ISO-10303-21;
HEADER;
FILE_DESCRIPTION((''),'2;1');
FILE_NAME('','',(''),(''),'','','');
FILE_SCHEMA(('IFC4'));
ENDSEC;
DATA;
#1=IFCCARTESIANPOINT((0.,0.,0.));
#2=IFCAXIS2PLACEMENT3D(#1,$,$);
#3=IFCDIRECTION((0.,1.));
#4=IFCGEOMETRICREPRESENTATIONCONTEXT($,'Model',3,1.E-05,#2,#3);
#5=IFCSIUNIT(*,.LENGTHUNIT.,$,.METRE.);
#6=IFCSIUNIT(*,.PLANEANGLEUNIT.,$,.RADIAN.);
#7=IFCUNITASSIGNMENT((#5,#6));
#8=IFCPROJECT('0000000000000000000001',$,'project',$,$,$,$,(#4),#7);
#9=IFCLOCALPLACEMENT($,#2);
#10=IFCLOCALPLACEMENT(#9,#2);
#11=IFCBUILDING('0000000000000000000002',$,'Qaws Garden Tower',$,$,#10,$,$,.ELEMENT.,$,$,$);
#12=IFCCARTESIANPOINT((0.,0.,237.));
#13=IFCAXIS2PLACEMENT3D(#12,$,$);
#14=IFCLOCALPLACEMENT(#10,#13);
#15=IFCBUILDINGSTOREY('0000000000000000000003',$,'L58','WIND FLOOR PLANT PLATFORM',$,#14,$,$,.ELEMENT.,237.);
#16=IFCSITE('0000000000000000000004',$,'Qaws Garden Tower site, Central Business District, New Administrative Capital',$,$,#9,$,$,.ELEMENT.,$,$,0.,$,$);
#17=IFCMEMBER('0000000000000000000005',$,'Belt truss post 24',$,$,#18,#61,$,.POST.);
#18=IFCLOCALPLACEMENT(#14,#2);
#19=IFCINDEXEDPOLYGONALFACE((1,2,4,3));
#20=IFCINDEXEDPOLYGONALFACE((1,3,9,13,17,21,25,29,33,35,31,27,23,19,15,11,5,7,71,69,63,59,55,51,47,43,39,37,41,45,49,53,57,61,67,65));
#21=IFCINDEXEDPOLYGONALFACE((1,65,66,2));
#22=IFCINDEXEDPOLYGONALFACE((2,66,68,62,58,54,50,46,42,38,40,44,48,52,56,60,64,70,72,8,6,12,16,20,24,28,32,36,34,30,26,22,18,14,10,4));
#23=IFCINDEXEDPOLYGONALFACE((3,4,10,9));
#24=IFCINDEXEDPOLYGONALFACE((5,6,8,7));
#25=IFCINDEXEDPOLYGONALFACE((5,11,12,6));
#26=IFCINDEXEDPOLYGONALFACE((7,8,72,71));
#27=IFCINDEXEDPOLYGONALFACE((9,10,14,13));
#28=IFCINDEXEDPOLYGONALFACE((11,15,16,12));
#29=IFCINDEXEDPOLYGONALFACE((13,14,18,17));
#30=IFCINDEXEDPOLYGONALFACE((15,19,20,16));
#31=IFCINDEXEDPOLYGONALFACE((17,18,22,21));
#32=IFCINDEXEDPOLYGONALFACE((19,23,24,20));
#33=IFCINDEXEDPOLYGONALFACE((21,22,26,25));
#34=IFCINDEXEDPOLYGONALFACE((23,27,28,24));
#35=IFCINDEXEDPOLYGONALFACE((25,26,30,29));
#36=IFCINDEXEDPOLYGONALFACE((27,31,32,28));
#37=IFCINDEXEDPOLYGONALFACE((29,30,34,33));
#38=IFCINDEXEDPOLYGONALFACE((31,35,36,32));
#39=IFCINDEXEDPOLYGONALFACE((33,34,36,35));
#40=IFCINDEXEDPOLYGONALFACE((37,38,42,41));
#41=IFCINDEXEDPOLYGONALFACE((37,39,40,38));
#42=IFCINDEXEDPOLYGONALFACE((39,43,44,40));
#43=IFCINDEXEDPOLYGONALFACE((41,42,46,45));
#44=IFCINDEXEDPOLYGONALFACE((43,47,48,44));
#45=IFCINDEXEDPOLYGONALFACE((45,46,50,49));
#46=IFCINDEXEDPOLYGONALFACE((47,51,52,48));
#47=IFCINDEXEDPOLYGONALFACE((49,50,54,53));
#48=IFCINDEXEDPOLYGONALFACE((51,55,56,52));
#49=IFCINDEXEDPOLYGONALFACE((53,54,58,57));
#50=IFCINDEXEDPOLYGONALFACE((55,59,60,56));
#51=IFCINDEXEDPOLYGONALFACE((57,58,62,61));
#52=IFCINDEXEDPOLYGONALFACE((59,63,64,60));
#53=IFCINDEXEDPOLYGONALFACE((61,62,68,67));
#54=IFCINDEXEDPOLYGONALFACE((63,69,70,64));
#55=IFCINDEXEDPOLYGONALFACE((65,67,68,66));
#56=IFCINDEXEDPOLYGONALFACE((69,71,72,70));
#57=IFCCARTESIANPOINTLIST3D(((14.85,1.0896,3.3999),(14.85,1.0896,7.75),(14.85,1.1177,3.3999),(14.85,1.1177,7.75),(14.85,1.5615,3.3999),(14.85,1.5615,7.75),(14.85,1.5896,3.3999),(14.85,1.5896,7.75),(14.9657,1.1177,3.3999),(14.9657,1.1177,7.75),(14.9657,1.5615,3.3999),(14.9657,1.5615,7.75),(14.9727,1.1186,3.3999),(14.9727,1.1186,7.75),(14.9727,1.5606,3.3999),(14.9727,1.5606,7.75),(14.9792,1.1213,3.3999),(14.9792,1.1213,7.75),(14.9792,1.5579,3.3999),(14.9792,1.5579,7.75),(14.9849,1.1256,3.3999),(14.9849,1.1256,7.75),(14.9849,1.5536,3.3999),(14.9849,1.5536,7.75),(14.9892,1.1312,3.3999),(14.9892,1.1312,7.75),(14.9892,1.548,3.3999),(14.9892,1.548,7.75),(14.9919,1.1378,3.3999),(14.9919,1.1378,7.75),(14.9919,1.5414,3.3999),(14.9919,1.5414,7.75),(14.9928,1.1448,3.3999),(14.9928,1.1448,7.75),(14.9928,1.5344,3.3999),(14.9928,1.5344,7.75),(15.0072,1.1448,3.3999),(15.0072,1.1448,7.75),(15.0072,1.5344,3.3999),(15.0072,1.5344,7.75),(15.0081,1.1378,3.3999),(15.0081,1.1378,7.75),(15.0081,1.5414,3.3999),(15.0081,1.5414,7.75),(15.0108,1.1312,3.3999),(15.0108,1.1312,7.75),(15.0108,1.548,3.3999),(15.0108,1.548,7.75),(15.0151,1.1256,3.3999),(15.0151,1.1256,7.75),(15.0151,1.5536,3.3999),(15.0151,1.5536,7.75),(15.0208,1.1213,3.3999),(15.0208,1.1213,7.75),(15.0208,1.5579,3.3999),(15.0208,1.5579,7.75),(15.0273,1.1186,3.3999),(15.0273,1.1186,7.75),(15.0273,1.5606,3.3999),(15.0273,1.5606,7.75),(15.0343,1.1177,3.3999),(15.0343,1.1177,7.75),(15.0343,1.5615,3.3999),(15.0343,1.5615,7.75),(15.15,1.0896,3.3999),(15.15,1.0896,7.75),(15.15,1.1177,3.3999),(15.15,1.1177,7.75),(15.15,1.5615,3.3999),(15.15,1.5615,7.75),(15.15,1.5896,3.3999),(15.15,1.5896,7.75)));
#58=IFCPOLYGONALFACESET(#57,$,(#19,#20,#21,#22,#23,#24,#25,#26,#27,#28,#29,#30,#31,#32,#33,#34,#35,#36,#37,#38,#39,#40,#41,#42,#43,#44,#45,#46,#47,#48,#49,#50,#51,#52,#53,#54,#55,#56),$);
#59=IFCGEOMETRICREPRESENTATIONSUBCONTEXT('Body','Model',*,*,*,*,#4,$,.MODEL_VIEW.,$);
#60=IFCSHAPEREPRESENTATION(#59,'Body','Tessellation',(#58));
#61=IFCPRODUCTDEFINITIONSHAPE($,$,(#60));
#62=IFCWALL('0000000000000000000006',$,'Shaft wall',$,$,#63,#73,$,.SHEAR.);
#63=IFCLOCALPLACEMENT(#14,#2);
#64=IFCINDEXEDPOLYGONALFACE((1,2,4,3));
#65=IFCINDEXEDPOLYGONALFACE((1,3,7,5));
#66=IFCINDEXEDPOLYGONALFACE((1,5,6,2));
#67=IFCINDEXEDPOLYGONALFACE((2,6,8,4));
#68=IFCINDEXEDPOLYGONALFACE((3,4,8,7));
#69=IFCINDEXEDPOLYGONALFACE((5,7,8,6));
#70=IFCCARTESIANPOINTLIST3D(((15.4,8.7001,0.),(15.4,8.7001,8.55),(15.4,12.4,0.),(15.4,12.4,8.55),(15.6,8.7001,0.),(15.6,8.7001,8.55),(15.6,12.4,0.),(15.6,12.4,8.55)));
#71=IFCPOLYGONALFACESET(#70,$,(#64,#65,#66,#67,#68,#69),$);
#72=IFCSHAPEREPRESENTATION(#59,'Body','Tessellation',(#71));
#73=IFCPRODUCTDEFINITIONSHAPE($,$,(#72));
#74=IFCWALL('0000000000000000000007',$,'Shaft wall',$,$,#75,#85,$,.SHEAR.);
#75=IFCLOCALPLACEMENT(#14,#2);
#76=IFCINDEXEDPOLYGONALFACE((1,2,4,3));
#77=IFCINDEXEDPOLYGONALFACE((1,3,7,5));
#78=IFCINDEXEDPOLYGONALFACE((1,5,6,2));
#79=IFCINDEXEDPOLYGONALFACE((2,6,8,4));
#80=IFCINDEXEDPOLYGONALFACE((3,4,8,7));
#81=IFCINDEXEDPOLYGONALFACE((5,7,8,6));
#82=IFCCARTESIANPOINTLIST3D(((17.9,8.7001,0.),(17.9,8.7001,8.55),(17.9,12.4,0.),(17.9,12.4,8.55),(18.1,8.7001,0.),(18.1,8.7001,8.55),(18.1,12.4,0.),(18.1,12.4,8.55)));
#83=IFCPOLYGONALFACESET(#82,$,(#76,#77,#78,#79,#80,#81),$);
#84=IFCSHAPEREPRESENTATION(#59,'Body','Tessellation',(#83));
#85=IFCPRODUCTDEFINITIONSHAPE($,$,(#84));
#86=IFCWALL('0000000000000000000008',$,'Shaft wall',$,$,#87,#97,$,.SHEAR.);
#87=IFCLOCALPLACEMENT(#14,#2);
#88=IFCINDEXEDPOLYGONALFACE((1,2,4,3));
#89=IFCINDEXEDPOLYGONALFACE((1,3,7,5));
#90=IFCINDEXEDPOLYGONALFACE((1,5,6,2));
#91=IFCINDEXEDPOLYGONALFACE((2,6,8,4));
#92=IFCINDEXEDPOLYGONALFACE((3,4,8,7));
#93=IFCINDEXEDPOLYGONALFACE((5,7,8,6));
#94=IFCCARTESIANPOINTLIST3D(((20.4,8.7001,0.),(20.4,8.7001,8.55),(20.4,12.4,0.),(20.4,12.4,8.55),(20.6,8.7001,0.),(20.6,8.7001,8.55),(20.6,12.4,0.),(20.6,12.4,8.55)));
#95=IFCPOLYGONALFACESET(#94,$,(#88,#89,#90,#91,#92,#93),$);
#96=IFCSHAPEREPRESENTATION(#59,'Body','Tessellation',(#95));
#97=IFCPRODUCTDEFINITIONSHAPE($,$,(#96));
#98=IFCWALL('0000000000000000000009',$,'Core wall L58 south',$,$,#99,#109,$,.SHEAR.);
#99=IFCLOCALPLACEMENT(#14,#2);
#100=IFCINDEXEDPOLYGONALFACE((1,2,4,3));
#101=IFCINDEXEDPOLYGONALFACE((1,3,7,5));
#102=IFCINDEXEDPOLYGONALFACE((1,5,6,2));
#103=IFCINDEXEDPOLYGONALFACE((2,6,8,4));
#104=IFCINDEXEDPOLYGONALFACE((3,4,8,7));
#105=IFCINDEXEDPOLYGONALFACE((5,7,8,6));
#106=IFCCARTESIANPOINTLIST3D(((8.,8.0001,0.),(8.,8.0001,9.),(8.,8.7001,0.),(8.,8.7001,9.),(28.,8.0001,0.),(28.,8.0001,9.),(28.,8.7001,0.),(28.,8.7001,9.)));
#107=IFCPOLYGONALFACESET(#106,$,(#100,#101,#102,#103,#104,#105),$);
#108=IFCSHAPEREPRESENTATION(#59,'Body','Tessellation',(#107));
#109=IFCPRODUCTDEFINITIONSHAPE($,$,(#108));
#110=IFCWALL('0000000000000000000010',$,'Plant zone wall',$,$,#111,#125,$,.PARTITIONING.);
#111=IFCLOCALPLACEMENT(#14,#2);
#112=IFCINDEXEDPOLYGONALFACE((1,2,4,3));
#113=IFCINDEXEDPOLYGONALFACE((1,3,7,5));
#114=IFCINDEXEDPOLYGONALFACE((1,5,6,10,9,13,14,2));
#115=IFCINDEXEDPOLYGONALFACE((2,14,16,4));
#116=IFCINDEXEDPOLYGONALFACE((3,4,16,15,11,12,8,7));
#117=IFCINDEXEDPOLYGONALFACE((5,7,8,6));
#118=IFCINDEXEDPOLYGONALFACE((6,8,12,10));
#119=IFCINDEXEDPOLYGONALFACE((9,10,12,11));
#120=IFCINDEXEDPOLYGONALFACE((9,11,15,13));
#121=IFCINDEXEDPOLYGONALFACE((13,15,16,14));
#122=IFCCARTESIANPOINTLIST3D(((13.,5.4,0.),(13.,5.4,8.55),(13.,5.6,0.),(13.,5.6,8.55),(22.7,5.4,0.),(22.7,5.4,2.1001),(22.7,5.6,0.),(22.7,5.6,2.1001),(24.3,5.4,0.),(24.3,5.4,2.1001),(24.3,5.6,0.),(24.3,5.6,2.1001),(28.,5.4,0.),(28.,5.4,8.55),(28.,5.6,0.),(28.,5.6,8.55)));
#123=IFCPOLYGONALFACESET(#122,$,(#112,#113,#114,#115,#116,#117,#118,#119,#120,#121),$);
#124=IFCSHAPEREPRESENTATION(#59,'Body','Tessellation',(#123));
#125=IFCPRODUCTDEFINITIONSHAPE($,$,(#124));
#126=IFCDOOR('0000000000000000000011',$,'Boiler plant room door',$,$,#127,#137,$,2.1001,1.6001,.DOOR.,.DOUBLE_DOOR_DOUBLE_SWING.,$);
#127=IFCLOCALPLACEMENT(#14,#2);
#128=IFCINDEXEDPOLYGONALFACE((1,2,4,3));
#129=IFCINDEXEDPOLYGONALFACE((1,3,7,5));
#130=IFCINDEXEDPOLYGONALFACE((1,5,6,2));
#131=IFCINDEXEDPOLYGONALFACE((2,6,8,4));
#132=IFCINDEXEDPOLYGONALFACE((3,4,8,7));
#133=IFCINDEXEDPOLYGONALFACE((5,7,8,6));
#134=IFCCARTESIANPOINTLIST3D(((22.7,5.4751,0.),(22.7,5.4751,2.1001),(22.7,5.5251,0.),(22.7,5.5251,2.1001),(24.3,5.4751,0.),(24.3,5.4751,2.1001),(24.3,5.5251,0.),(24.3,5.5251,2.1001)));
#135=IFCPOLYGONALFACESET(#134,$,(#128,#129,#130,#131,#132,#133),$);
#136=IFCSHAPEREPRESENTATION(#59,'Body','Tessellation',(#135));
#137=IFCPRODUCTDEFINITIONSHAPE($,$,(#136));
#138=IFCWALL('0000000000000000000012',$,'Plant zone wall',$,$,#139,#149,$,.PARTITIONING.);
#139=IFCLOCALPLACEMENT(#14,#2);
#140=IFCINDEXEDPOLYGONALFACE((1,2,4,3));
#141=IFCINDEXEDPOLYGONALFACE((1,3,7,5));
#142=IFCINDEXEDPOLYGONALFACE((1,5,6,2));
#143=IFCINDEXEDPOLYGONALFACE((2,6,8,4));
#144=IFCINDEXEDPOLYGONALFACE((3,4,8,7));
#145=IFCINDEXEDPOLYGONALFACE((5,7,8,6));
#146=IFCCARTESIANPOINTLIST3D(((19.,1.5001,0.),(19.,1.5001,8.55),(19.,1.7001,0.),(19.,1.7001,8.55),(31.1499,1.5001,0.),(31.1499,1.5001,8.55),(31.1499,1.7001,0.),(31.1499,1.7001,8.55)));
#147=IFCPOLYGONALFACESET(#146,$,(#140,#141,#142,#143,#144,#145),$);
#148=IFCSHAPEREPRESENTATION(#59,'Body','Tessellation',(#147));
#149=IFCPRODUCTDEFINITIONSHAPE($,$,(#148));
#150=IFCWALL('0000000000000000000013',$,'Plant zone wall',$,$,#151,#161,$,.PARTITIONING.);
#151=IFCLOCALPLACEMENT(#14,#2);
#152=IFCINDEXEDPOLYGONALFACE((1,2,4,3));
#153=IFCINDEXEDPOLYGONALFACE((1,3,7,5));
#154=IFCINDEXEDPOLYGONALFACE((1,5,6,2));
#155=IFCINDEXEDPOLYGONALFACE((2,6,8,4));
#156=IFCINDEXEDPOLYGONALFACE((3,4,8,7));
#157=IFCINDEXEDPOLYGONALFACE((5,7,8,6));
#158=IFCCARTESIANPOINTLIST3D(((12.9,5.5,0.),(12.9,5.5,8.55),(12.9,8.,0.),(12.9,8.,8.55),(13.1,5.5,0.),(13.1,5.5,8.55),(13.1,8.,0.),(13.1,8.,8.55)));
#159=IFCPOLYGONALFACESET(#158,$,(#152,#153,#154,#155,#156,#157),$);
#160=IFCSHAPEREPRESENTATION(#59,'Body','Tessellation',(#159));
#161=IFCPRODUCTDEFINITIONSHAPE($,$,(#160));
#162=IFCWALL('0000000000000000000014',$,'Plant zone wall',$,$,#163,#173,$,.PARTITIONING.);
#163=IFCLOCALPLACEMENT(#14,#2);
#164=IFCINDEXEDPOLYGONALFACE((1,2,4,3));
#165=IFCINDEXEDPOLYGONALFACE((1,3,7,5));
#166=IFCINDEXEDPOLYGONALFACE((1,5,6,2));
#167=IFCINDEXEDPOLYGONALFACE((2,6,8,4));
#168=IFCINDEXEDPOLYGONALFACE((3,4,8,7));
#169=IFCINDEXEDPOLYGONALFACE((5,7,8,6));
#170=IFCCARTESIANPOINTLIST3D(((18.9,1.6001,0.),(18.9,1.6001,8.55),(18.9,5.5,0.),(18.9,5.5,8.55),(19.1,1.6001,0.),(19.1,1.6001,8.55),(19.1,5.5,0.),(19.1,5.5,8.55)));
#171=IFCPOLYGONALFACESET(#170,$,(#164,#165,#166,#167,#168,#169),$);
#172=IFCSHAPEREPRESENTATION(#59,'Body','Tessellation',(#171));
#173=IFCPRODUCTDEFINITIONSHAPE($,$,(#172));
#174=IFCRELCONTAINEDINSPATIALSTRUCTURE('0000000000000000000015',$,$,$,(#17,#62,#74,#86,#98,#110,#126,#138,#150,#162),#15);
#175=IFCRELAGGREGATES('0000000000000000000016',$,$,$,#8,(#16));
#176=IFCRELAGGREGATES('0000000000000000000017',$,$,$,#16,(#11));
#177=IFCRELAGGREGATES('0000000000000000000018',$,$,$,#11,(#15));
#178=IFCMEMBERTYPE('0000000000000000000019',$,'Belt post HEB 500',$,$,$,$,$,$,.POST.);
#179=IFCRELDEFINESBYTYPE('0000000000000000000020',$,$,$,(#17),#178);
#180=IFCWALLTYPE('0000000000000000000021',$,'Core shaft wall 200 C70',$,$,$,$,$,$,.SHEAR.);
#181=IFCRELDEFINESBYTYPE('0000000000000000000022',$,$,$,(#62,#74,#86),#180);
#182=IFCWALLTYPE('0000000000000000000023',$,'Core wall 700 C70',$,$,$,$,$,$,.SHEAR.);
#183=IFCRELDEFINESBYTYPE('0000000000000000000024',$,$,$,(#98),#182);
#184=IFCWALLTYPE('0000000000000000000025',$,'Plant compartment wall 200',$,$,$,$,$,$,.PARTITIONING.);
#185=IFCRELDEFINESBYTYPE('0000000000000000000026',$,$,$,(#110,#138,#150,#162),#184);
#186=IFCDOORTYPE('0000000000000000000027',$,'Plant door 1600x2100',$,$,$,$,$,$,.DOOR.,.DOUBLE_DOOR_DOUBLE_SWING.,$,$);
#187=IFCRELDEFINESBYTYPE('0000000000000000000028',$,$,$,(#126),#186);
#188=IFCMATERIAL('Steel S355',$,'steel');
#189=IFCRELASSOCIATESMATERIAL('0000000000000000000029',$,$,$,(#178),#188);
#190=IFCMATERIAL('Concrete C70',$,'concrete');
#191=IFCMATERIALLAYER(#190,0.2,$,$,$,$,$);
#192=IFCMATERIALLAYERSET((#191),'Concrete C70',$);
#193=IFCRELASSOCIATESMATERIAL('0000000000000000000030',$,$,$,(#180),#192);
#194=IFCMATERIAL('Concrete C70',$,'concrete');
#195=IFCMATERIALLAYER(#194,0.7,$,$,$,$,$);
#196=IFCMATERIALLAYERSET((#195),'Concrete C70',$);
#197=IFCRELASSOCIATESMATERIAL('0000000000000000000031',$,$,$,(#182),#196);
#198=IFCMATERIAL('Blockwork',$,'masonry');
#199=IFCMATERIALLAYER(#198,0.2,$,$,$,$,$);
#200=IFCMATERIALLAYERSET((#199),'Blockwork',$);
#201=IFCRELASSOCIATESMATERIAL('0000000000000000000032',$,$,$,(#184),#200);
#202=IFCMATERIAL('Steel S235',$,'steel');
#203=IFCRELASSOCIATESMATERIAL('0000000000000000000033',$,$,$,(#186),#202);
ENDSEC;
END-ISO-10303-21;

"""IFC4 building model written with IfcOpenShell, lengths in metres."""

from ifc_helpers import new_model, si_unit, direction, frame, frame_2d, origin, origin_2d, place, context, subcontext, project, spatial, rectangle, i_section, extrude, material, layer, layer_set, material_profile, profile_set, type_object, element, fill, save


model = new_model("IFC4")

# Units and contexts
model_context = context("Model", 3, precision=1e-05, world=origin(), true_north=direction((0.0, 1.0)))
body_context = subcontext(model_context, "Body", "Model", "MODEL_VIEW")
ifc_project = project(units=[si_unit("LENGTHUNIT", "METRE"), si_unit("PLANEANGLEUNIT", "RADIAN")], contexts=[model_context])

# Site, building, storey
site_placement = place(None, origin())
site = spatial("IfcSite", under=ifc_project, at=site_placement, Name="Qaws Garden Tower site, Central Business District, New Administrative Capital", CompositionType="ELEMENT", RefElevation=0.0)
building_placement = place(site_placement, origin())
building = spatial("IfcBuilding", under=site, at=building_placement, Name="Qaws Garden Tower", CompositionType="ELEMENT")
storey_placement = place(building_placement, frame((0.0, 0.0, 237.0)))
storey = spatial("IfcBuildingStorey", under=building, at=storey_placement, Name="L58", Description="WIND FLOOR PLANT PLATFORM", CompositionType="ELEMENT", Elevation=237.0)

# Member
ifc_material_1 = material(Name="Steel S355", Category="steel")
ifc_material_profile_1 = material_profile(ifc_material_1, i_section(OverallWidth=0.3, OverallDepth=0.5, WebThickness=0.0144, FlangeThickness=0.0281, FilletRadius=0.0271, at=origin_2d()), Name="HEB 500")
ifc_profile_set_1 = profile_set([ifc_material_profile_1], Name="Steel S355")
member_type_1 = type_object("IfcMemberType", Name="Belt post HEB 500", PredefinedType="POST", material=ifc_profile_set_1)
placement = place(storey_placement, frame((15.0, 1.3396, 3.3999), z_axis=(0.0, 0.0, 1.0), x_axis=(1.0, 0.0, 0.0)))
element("IfcMember", 1, at=placement, inside=storey, type_object=member_type_1, Name="Belt truss post 24", PredefinedType="POST", context=body_context, shape_type="SweptSolid", body=[
    extrude(i_section(OverallWidth=0.3, OverallDepth=0.5, WebThickness=0.0144, FlangeThickness=0.0281, FilletRadius=0.0271, at=origin_2d()), origin(), (0.0, 0.0, 1.0), 4.3501),
])

# Walls
ifc_material_2 = material(Name="Concrete C70", Category="concrete")
ifc_layer_1 = layer(ifc_material_2, 0.2)
ifc_layer_set_1 = layer_set([ifc_layer_1], Name="Concrete C70")
wall_type_1 = type_object("IfcWallType", Name="Core shaft wall 200 C70", PredefinedType="SHEAR", material=ifc_layer_set_1)
for number, where, z_axis, x_axis, name in (
    (2, (15.5, 8.7, 0.0), (0.0, 0.0, 1.0), (0.0, 1.0, 0.0), "Shaft wall"),
    (3, (18.0, 8.7, 0.0), (0.0, 0.0, 1.0), (0.0, 1.0, 0.0), "Shaft wall"),
    (4, (20.5, 8.7, 0.0), (0.0, 0.0, 1.0), (0.0, 1.0, 0.0), "Shaft wall"),
):
    element("IfcWall", number, at=place(storey_placement, frame(where, z_axis=z_axis, x_axis=x_axis)), inside=storey, type_object=wall_type_1, Name=name, PredefinedType="SHEAR", context=body_context, shape_type="SweptSolid", body=[
        extrude(rectangle(XDim=3.7, YDim=0.2, at=frame_2d((1.8501, 0.0))), origin(), (0.0, 0.0, 1.0), 8.55),
    ])
ifc_material_3 = material(Name="Concrete C70", Category="concrete")
ifc_layer_2 = layer(ifc_material_3, 0.7)
ifc_layer_set_2 = layer_set([ifc_layer_2], Name="Concrete C70")
wall_type_2 = type_object("IfcWallType", Name="Core wall 700 C70", PredefinedType="SHEAR", material=ifc_layer_set_2)
wall_1_placement = place(storey_placement, frame((8.0, 8.3501, 0.0), z_axis=(0.0, 0.0, 1.0), x_axis=(1.0, 0.0, 0.0)))
element("IfcWall", 5, at=wall_1_placement, inside=storey, type_object=wall_type_2, Name="Core wall L58 south", PredefinedType="SHEAR", context=body_context, shape_type="SweptSolid", body=[
    extrude(rectangle(XDim=20.0, YDim=0.7, at=frame_2d((10.0, 0.0))), origin(), (0.0, 0.0, 1.0), 9.0),
])

# Wall, opening, door
ifc_material_4 = material(Name="Blockwork", Category="masonry")
ifc_layer_3 = layer(ifc_material_4, 0.2)
ifc_layer_set_3 = layer_set([ifc_layer_3], Name="Blockwork")
wall_type_3 = type_object("IfcWallType", Name="Plant compartment wall 200", PredefinedType="PARTITIONING", material=ifc_layer_set_3)
wall_2_placement = place(storey_placement, frame((13.0, 5.5, 0.0), z_axis=(0.0, 0.0, 1.0), x_axis=(1.0, 0.0, 0.0)))
wall_2 = element("IfcWall", 6, at=wall_2_placement, inside=storey, type_object=wall_type_3, Name="Plant zone wall", PredefinedType="PARTITIONING", context=body_context, shape_type="SweptSolid", body=[
    extrude(rectangle(XDim=15.0, YDim=0.2, at=frame_2d((7.5, 0.0))), origin(), (0.0, 0.0, 1.0), 8.55),
])
opening_placement = place(wall_2_placement, frame((9.7, 0.0, 0.0)))
opening = element("IfcOpeningElement", 7, at=opening_placement, cuts=wall_2, PredefinedType="OPENING", context=body_context, shape_type="SweptSolid", body=[
    extrude(rectangle(XDim=1.6001, YDim=2.1001, at=frame_2d((0.8, 1.05))), frame((0.0, 0.1099, 0.0), z_axis=(0.0, -1.0, 0.0), x_axis=(1.0, 0.0, 0.0)), (0.0, 0.0, 1.0), 0.22),
])
ifc_material_5 = material(Name="Steel S235", Category="steel")
door_type = type_object("IfcDoorType", Name="Plant door 1600x2100", OperationType="DOUBLE_DOOR_DOUBLE_SWING", PredefinedType="DOOR", material=ifc_material_5)
door_placement = place(opening_placement, frame((1.6001, 0.0, 0.0), z_axis=(0.0, 0.0, 1.0), x_axis=(-1.0, 0.0, 0.0)))
door = element("IfcDoor", 8, at=door_placement, inside=storey, type_object=door_type, Name="Boiler plant room door", OperationType="DOUBLE_DOOR_DOUBLE_SWING", OverallHeight=2.1001, OverallWidth=1.6001, PredefinedType="DOOR", context=body_context, shape_type="SweptSolid", body=[
    extrude(rectangle(XDim=1.6001, YDim=2.1001, at=frame_2d((0.8, 1.05))), frame((0.0, 0.0249, 0.0), z_axis=(0.0, -1.0, 0.0), x_axis=(1.0, 0.0, 0.0)), (0.0, 0.0, 1.0), 0.05),
])
fill(opening, door)

# Walls
wall_3_placement = place(storey_placement, frame((19.0, 1.6001, 0.0), z_axis=(0.0, 0.0, 1.0), x_axis=(1.0, 0.0, 0.0)))
element("IfcWall", 9, at=wall_3_placement, inside=storey, type_object=wall_type_3, Name="Plant zone wall", PredefinedType="PARTITIONING", context=body_context, shape_type="SweptSolid", body=[
    extrude(rectangle(XDim=12.1499, YDim=0.2, at=frame_2d((6.075, 0.0))), origin(), (0.0, 0.0, 1.0), 8.55),
])
wall_4_placement = place(storey_placement, frame((13.0, 5.5, 0.0), z_axis=(0.0, 0.0, 1.0), x_axis=(0.0, 1.0, 0.0)))
element("IfcWall", 10, at=wall_4_placement, inside=storey, type_object=wall_type_3, Name="Plant zone wall", PredefinedType="PARTITIONING", context=body_context, shape_type="SweptSolid", body=[
    extrude(rectangle(XDim=2.5, YDim=0.2, at=frame_2d((1.25, 0.0))), origin(), (0.0, 0.0, 1.0), 8.55),
])
wall_5_placement = place(storey_placement, frame((19.0, 1.6001, 0.0), z_axis=(0.0, 0.0, 1.0), x_axis=(0.0, 1.0, 0.0)))
element("IfcWall", 11, at=wall_5_placement, inside=storey, type_object=wall_type_3, Name="Plant zone wall", PredefinedType="PARTITIONING", context=body_context, shape_type="SweptSolid", body=[
    extrude(rectangle(XDim=3.8999, YDim=0.2, at=frame_2d((1.95, 0.0))), origin(), (0.0, 0.0, 1.0), 8.55),
])

save(model, "model.ifc")
